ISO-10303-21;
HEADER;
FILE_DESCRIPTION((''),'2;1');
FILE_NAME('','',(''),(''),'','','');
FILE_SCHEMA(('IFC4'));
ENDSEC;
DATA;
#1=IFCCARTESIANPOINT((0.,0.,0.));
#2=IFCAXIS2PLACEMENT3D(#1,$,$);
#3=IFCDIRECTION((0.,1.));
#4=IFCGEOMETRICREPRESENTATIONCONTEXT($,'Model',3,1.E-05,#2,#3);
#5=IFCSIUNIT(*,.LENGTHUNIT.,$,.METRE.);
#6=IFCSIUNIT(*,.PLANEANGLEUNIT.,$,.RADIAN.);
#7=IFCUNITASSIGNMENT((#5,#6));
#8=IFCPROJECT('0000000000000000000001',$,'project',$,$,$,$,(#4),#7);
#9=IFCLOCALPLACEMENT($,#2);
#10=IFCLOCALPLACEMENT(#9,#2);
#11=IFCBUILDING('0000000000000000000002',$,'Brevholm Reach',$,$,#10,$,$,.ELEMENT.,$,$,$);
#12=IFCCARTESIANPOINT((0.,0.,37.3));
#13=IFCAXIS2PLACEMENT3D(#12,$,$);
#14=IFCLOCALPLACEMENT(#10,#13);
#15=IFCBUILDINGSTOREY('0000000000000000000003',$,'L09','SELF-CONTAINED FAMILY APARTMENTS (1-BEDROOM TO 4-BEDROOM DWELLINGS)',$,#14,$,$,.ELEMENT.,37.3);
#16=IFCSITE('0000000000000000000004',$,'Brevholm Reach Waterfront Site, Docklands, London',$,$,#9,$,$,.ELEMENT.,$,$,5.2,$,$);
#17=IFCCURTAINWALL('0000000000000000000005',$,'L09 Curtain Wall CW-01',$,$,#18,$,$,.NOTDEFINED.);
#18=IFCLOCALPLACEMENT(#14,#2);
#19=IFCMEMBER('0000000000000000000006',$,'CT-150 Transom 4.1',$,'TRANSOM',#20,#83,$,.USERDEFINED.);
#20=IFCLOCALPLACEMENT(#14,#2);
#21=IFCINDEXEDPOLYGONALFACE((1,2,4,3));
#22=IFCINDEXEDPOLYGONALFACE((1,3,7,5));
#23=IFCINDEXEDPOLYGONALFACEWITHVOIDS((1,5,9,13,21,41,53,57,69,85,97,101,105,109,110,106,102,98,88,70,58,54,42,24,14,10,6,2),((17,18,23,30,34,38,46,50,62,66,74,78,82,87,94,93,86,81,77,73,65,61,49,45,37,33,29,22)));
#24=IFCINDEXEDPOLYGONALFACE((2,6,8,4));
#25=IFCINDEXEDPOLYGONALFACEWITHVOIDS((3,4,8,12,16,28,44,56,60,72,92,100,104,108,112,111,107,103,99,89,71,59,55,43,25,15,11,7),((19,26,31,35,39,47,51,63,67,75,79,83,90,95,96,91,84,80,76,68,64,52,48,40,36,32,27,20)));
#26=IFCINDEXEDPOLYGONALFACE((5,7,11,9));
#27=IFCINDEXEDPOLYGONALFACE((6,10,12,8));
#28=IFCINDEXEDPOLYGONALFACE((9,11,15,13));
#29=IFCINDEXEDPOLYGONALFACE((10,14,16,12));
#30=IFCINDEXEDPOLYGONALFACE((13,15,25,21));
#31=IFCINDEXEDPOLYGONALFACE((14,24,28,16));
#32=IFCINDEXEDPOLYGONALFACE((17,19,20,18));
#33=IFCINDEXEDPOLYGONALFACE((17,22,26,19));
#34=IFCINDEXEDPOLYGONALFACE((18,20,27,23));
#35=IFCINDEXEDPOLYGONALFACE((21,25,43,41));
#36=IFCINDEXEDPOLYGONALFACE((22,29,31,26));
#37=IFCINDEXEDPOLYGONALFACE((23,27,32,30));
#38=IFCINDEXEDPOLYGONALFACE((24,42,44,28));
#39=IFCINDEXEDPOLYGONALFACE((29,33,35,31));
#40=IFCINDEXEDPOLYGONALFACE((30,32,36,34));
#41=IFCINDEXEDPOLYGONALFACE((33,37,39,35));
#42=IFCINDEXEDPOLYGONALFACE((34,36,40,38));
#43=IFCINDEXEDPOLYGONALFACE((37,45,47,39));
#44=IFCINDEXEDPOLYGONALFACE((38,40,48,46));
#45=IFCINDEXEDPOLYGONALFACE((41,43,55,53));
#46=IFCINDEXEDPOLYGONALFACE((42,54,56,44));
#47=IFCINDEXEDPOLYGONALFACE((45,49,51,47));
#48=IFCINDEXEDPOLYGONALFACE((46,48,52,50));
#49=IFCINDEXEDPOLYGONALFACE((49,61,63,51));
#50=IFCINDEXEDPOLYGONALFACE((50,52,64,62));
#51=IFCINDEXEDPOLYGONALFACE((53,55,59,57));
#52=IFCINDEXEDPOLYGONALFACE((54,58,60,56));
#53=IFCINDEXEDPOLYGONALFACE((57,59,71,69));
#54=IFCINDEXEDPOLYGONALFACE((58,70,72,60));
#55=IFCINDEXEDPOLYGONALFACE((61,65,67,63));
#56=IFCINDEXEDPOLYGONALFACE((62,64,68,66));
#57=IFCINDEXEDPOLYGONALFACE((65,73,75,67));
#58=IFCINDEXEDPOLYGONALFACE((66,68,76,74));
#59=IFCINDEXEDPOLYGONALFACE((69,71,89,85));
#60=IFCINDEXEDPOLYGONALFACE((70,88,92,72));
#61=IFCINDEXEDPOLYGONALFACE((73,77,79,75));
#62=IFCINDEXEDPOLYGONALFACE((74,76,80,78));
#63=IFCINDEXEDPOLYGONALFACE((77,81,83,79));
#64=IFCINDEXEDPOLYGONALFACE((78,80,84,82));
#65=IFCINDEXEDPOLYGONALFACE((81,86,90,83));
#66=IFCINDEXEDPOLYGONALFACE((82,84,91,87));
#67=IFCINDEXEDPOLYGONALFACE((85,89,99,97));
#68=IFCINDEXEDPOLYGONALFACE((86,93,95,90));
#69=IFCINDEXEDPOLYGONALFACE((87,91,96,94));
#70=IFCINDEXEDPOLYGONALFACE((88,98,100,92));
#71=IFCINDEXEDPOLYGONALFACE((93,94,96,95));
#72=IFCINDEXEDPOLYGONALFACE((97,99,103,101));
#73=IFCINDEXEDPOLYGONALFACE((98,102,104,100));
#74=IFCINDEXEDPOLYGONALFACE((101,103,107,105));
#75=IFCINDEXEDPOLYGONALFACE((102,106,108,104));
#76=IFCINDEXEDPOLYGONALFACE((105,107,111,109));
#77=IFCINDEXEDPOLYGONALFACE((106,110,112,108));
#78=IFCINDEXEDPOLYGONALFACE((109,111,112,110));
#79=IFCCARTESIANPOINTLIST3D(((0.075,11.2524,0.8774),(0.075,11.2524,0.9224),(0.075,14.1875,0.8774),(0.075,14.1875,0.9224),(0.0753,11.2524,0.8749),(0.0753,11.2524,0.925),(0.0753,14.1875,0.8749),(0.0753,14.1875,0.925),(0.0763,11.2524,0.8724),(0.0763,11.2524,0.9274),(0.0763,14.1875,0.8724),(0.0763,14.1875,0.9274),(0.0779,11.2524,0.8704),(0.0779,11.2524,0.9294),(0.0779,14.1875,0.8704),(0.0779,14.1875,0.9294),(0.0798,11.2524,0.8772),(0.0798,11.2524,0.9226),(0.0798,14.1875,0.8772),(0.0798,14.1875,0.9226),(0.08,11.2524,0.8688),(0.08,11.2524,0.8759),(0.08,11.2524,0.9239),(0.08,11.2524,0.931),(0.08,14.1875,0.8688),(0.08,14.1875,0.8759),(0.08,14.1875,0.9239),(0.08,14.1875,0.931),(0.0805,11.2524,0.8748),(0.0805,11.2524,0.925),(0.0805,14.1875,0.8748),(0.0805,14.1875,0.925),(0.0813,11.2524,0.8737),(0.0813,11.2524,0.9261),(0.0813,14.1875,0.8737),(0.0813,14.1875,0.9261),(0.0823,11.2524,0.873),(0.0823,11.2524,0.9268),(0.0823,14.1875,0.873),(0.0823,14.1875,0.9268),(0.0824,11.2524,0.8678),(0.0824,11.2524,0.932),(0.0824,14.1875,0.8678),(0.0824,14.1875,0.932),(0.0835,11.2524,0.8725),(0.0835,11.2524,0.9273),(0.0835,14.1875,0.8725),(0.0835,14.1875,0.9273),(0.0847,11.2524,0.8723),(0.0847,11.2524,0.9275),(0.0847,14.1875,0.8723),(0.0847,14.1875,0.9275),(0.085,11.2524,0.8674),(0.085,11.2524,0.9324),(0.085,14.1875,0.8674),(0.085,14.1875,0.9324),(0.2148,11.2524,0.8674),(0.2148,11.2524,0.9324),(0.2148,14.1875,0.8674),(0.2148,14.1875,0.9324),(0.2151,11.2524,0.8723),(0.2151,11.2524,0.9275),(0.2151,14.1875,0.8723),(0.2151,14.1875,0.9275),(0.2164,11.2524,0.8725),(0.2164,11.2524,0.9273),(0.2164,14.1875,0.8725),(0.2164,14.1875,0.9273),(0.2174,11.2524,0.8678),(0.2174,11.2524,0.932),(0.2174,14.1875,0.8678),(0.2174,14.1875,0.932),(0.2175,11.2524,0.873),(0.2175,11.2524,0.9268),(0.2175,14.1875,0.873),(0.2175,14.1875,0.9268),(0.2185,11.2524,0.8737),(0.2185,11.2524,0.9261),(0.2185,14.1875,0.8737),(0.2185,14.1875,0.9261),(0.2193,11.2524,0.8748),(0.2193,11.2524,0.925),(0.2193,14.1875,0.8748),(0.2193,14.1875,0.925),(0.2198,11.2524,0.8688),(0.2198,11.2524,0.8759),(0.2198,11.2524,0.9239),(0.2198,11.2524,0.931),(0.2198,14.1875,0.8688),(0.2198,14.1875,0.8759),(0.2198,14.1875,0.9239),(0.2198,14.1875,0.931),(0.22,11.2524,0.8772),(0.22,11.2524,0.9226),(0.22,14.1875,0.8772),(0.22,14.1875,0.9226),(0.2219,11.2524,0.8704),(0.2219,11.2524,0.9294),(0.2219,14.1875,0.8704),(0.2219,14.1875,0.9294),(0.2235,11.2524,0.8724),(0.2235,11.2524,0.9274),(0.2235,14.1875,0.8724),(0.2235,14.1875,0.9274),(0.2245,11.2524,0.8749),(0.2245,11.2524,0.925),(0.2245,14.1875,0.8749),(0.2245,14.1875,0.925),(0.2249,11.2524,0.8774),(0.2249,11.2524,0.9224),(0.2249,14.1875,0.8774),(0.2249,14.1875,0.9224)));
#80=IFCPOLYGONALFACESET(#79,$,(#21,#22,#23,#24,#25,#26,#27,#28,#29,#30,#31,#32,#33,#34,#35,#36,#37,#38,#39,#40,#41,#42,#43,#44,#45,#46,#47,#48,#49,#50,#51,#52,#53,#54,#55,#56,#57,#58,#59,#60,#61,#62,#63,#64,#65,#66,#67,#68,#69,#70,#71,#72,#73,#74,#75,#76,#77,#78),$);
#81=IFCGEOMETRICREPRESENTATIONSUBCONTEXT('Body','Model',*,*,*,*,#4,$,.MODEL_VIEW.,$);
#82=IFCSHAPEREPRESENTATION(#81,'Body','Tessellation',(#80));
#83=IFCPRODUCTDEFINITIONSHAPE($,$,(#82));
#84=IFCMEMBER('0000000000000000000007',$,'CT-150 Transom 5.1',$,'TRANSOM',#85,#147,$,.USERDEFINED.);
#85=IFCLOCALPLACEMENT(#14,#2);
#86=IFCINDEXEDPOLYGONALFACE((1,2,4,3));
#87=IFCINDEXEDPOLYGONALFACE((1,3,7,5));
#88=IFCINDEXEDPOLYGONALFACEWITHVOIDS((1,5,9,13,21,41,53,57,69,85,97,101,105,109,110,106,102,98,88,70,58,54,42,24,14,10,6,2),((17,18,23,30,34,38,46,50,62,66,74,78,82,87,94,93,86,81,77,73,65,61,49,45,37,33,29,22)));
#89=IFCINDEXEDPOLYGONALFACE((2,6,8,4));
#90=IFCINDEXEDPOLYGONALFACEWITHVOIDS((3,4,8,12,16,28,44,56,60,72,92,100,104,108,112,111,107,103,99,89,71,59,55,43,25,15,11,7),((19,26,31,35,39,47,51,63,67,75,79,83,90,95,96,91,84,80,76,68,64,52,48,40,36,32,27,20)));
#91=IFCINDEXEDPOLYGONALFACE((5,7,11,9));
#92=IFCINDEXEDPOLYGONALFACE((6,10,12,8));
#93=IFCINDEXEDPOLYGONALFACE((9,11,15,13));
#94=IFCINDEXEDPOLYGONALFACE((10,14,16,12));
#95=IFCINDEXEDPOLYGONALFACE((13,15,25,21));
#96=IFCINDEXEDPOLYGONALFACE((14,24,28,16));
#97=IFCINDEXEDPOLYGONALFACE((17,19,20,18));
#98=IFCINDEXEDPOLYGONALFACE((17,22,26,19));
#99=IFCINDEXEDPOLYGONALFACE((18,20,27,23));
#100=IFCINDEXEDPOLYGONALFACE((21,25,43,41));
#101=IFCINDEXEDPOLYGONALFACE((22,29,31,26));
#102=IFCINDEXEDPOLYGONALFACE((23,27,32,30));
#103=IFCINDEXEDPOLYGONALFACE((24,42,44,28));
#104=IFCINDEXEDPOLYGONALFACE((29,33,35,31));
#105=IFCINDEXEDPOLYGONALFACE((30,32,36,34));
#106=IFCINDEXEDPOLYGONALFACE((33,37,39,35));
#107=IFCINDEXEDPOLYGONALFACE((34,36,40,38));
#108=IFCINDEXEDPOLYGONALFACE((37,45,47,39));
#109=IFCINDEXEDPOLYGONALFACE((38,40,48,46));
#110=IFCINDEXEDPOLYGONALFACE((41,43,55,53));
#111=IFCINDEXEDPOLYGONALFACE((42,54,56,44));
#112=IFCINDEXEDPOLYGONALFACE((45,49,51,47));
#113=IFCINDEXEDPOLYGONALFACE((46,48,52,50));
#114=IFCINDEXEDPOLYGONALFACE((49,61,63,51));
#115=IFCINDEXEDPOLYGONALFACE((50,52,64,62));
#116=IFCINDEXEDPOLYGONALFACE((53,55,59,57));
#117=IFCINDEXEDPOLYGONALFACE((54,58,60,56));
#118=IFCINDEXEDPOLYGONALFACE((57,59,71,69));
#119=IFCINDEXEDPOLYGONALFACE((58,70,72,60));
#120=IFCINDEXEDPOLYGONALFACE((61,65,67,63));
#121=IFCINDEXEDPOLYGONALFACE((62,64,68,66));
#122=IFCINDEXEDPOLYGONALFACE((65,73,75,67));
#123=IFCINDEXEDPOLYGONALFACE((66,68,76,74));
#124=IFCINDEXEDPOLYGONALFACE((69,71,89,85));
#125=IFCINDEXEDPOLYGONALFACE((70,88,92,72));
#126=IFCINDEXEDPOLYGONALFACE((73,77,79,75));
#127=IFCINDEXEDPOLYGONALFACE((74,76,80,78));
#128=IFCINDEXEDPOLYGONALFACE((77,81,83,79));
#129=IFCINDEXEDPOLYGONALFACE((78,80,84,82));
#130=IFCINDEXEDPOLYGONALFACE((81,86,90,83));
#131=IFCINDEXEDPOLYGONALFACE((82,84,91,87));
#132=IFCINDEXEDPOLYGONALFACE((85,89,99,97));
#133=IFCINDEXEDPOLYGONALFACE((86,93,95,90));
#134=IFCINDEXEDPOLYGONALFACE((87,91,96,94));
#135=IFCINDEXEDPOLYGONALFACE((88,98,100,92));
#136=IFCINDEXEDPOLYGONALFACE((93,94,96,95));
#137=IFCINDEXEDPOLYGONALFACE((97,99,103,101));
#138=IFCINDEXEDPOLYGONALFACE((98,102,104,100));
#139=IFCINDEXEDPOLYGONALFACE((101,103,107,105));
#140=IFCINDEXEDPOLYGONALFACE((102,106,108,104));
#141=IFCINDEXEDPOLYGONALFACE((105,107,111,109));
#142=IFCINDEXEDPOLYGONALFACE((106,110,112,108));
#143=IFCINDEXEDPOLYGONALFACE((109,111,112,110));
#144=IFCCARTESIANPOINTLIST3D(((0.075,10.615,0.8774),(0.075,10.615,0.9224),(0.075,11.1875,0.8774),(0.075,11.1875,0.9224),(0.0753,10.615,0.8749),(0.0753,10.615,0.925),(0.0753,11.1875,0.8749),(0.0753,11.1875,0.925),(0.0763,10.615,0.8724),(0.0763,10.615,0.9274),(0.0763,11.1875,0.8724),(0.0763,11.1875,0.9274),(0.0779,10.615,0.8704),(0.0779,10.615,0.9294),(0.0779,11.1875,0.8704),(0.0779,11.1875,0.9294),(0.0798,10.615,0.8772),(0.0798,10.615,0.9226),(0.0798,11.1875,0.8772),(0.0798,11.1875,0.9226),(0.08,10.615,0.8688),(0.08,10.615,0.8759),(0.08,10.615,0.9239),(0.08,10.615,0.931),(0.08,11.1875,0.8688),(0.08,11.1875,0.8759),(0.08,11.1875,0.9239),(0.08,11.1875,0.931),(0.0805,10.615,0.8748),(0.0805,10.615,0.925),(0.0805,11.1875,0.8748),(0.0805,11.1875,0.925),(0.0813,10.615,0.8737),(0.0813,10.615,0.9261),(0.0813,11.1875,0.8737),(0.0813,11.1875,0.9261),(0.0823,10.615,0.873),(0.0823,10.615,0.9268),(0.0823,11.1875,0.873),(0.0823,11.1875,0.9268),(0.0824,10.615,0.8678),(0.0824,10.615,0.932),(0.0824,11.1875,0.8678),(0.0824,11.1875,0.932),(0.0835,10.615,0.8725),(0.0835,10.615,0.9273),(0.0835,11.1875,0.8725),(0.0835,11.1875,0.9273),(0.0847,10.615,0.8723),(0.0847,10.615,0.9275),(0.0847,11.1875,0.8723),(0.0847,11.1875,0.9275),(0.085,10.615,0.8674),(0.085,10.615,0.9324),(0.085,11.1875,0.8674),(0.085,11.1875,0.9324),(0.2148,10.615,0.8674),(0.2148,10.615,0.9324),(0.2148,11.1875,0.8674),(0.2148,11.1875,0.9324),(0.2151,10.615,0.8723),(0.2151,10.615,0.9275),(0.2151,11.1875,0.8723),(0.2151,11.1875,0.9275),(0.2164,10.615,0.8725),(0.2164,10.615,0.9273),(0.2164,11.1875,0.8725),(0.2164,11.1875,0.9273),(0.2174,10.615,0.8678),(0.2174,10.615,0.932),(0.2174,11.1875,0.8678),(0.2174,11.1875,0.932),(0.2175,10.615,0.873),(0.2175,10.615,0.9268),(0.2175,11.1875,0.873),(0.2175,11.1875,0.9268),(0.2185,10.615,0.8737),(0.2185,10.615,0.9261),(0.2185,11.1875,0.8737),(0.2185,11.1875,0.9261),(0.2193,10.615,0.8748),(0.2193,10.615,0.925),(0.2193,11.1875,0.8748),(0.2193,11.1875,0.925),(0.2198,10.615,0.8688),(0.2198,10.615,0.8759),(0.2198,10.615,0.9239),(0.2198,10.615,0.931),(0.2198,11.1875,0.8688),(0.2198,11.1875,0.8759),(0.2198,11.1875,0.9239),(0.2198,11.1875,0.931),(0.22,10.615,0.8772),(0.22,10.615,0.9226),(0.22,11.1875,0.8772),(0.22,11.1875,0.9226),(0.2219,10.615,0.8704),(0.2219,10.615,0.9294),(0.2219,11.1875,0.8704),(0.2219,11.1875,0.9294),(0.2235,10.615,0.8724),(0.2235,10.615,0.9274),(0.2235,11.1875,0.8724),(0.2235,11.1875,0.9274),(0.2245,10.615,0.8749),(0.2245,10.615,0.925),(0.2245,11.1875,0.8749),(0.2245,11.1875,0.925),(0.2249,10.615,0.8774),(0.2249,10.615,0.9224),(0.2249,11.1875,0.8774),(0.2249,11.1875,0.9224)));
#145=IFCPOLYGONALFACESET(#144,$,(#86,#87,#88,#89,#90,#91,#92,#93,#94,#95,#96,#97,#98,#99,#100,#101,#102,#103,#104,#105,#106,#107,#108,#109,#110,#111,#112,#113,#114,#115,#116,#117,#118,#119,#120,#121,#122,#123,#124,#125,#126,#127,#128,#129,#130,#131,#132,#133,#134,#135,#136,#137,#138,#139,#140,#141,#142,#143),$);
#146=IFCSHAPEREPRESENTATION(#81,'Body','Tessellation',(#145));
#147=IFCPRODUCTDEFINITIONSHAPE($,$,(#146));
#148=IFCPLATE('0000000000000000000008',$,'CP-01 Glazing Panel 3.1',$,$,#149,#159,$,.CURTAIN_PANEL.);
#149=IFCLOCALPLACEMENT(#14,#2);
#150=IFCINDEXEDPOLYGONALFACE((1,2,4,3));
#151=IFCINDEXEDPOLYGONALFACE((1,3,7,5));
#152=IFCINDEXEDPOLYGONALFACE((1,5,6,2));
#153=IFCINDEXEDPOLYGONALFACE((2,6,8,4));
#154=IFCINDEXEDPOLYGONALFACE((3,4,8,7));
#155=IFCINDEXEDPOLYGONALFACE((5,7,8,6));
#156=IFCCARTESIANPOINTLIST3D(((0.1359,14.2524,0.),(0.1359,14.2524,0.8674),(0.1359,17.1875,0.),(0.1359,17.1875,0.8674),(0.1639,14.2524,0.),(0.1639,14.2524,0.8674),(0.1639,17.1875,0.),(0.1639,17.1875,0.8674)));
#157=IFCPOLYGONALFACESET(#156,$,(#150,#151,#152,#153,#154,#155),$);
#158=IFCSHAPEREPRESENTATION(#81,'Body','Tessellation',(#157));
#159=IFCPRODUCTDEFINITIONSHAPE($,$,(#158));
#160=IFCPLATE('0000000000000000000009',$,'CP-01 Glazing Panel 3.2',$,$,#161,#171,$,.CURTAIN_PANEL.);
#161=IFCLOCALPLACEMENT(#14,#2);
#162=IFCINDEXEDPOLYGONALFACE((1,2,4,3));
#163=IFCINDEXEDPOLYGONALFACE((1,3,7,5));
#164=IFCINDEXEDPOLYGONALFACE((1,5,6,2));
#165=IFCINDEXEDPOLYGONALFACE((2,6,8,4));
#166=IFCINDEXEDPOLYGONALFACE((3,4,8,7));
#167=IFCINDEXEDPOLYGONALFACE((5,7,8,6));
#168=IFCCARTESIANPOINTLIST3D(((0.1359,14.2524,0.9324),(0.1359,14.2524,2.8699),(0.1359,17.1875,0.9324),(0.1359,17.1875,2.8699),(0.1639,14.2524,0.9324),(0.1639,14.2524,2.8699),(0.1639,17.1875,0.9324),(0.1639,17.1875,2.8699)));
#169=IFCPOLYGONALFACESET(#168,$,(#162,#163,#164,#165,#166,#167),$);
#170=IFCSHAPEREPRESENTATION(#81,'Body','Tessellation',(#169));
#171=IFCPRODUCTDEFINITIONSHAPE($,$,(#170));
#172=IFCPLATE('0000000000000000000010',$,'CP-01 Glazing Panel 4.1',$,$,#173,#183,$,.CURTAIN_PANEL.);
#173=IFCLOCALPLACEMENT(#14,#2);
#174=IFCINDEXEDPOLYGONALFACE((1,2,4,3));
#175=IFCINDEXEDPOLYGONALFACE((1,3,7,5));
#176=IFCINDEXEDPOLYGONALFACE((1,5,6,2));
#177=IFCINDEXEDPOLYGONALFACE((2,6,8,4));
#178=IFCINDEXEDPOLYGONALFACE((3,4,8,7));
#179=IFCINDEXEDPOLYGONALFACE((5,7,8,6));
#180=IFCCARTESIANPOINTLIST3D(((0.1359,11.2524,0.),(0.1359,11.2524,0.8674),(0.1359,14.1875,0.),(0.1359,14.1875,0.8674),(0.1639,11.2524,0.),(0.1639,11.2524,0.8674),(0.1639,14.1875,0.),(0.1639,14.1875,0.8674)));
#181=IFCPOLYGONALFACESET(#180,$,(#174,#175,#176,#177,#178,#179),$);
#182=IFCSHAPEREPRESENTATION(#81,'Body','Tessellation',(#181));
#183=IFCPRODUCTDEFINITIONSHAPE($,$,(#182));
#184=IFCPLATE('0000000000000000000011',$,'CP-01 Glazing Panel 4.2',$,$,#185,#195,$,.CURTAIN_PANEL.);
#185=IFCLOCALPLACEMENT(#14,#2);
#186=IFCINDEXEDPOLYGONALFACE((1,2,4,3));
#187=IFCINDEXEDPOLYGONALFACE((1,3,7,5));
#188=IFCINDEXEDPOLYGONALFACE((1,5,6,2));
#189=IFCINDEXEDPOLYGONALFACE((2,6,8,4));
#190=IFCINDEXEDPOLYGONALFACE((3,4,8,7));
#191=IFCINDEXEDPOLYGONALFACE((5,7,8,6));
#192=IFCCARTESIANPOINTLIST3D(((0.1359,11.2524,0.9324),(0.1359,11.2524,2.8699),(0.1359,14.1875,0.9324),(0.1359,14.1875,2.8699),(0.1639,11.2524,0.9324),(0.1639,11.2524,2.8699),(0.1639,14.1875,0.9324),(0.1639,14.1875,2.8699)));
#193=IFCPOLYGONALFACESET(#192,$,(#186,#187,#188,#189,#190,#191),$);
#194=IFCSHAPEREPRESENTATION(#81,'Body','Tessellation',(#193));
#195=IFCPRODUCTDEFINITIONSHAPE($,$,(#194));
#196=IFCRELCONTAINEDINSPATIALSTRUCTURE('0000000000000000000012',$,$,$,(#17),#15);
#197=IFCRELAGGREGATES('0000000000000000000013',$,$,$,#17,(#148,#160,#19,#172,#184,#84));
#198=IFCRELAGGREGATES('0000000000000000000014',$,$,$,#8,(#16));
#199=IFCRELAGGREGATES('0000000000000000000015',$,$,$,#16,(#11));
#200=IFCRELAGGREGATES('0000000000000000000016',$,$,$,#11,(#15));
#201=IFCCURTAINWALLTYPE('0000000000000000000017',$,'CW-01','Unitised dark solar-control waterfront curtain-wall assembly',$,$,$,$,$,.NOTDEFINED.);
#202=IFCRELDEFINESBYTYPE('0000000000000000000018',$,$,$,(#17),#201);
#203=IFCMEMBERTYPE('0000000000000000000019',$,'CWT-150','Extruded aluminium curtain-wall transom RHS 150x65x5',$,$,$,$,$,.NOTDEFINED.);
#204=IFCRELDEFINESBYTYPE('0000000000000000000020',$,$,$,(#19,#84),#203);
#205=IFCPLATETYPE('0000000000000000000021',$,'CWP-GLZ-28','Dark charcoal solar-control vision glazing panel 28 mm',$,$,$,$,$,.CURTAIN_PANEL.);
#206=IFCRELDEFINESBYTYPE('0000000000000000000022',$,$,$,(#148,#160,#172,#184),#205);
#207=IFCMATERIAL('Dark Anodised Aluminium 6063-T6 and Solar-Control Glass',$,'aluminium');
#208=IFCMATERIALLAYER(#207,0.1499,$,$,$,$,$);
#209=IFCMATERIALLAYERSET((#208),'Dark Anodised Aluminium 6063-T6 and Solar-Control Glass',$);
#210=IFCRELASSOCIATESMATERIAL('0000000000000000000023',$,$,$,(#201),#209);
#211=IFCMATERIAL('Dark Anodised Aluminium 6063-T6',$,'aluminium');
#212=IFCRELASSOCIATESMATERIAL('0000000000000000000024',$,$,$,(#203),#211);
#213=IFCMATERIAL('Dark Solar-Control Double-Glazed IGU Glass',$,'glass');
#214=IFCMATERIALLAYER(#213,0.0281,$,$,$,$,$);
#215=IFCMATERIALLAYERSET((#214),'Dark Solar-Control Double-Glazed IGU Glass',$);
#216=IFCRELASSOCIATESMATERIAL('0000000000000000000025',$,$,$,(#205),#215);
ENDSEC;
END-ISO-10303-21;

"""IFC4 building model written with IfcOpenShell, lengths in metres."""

from ifc_helpers import new_model, si_unit, direction, frame, origin, origin_2d, place, context, subcontext, project, spatial, rectangle, hollow_rectangle, extrude, material, layer, layer_set, material_profile, profile_set, type_object, element, aggregate, save


model = new_model("IFC4")

# Units and contexts
model_context = context("Model", 3, precision=1e-05, world=origin(), true_north=direction((0.0, 1.0)))
body_context = subcontext(model_context, "Body", "Model", "MODEL_VIEW")
ifc_project = project(units=[si_unit("LENGTHUNIT", "METRE"), si_unit("PLANEANGLEUNIT", "RADIAN")], contexts=[model_context])

# Site, building, storey
site_placement = place(None, origin())
site = spatial("IfcSite", under=ifc_project, at=site_placement, Name="Brevholm Reach Waterfront Site, Docklands, London", CompositionType="ELEMENT", RefElevation=5.2)
building_placement = place(site_placement, origin())
building = spatial("IfcBuilding", under=site, at=building_placement, Name="Brevholm Reach", CompositionType="ELEMENT")
storey_placement = place(building_placement, frame((0.0, 0.0, 37.3)))
storey = spatial("IfcBuildingStorey", under=building, at=storey_placement, Name="L09", Description="SELF-CONTAINED FAMILY APARTMENTS (1-BEDROOM TO 4-BEDROOM DWELLINGS)", CompositionType="ELEMENT", Elevation=37.3)

# Curtain wall, members, plates
ifc_material_1 = material(Name="Dark Anodised Aluminium 6063-T6 and Solar-Control Glass", Category="aluminium")
ifc_layer_1 = layer(ifc_material_1, 0.1499)
ifc_layer_set_1 = layer_set([ifc_layer_1], Name="Dark Anodised Aluminium 6063-T6 and Solar-Control Glass")
curtain_wall_type = type_object("IfcCurtainWallType", Name="CW-01", Description="Unitised dark solar-control waterfront curtain-wall assembly", PredefinedType="NOTDEFINED", material=ifc_layer_set_1)
curtain_wall_placement = place(storey_placement, origin())
curtain_wall = element("IfcCurtainWall", 1, at=curtain_wall_placement, inside=storey, type_object=curtain_wall_type, Name="L09 Curtain Wall CW-01", PredefinedType="NOTDEFINED")
ifc_material_2 = material(Name="Dark Anodised Aluminium 6063-T6", Category="aluminium")
ifc_material_profile_1 = material_profile(ifc_material_2, hollow_rectangle(XDim=0.0649, YDim=0.1499, WallThickness=0.0049, InnerFilletRadius=0.0049, OuterFilletRadius=0.01, at=origin_2d()), Name="RHS 150x65x5")
ifc_profile_set_1 = profile_set([ifc_material_profile_1], Name="Dark Anodised Aluminium 6063-T6")
member_type_1 = type_object("IfcMemberType", Name="CWT-150", Description="Extruded aluminium curtain-wall transom RHS 150x65x5", PredefinedType="NOTDEFINED", material=ifc_profile_set_1)
member_1_placement = place(storey_placement, frame((0.1499, 14.1875, 0.8999), z_axis=(0.0, -1.0, 0.0), x_axis=(0.0, 0.0, 1.0)))
member_1 = element("IfcMember", 2, at=member_1_placement, type_object=member_type_1, Name="CT-150 Transom 4.1", ObjectType="TRANSOM", PredefinedType="USERDEFINED", context=body_context, shape_type="SweptSolid", body=[
    extrude(hollow_rectangle(XDim=0.0649, YDim=0.1499, WallThickness=0.0049, InnerFilletRadius=0.0049, OuterFilletRadius=0.01, at=origin_2d()), origin(), (0.0, 0.0, 1.0), 2.9351),
])
member_2_placement = place(storey_placement, frame((0.1499, 11.1875, 0.8999), z_axis=(0.0, -1.0, 0.0), x_axis=(0.0, 0.0, 1.0)))
member_2 = element("IfcMember", 3, at=member_2_placement, type_object=member_type_1, Name="CT-150 Transom 5.1", ObjectType="TRANSOM", PredefinedType="USERDEFINED", context=body_context, shape_type="SweptSolid", body=[
    extrude(hollow_rectangle(XDim=0.0649, YDim=0.1499, WallThickness=0.0049, InnerFilletRadius=0.0049, OuterFilletRadius=0.01, at=origin_2d()), origin(), (0.0, 0.0, 1.0), 0.5725),
])
ifc_material_3 = material(Name="Dark Solar-Control Double-Glazed IGU Glass", Category="glass")
ifc_layer_2 = layer(ifc_material_3, 0.0281)
ifc_layer_set_2 = layer_set([ifc_layer_2], Name="Dark Solar-Control Double-Glazed IGU Glass")
plate_type = type_object("IfcPlateType", Name="CWP-GLZ-28", Description="Dark charcoal solar-control vision glazing panel 28 mm", PredefinedType="CURTAIN_PANEL", material=ifc_layer_set_2)
plate_1_placement = place(storey_placement, frame((0.1499, 15.72, 0.0), z_axis=(0.0, 0.0, 1.0), x_axis=(0.0, -1.0, 0.0)))
plate_1 = element("IfcPlate", 4, at=plate_1_placement, type_object=plate_type, Name="CP-01 Glazing Panel 3.1", PredefinedType="CURTAIN_PANEL", context=body_context, shape_type="SweptSolid", body=[
    extrude(rectangle(XDim=2.9351, YDim=0.0281, at=origin_2d()), origin(), (0.0, 0.0, 1.0), 0.8674),
])
plate_2_placement = place(storey_placement, frame((0.1499, 15.72, 0.9324), z_axis=(0.0, 0.0, 1.0), x_axis=(0.0, -1.0, 0.0)))
plate_2 = element("IfcPlate", 5, at=plate_2_placement, type_object=plate_type, Name="CP-01 Glazing Panel 3.2", PredefinedType="CURTAIN_PANEL", context=body_context, shape_type="SweptSolid", body=[
    extrude(rectangle(XDim=2.9351, YDim=0.0281, at=origin_2d()), origin(), (0.0, 0.0, 1.0), 1.9375),
])
plate_3_placement = place(storey_placement, frame((0.1499, 12.72, 0.0), z_axis=(0.0, 0.0, 1.0), x_axis=(0.0, -1.0, 0.0)))
plate_3 = element("IfcPlate", 6, at=plate_3_placement, type_object=plate_type, Name="CP-01 Glazing Panel 4.1", PredefinedType="CURTAIN_PANEL", context=body_context, shape_type="SweptSolid", body=[
    extrude(rectangle(XDim=2.9351, YDim=0.0281, at=origin_2d()), origin(), (0.0, 0.0, 1.0), 0.8674),
])
plate_4_placement = place(storey_placement, frame((0.1499, 12.72, 0.9324), z_axis=(0.0, 0.0, 1.0), x_axis=(0.0, -1.0, 0.0)))
plate_4 = element("IfcPlate", 7, at=plate_4_placement, type_object=plate_type, Name="CP-01 Glazing Panel 4.2", PredefinedType="CURTAIN_PANEL", context=body_context, shape_type="SweptSolid", body=[
    extrude(rectangle(XDim=2.9351, YDim=0.0281, at=origin_2d()), origin(), (0.0, 0.0, 1.0), 1.9375),
])
aggregate(curtain_wall, [plate_1, plate_2, member_1, plate_3, plate_4, member_2])

save(model, "model.ifc")
